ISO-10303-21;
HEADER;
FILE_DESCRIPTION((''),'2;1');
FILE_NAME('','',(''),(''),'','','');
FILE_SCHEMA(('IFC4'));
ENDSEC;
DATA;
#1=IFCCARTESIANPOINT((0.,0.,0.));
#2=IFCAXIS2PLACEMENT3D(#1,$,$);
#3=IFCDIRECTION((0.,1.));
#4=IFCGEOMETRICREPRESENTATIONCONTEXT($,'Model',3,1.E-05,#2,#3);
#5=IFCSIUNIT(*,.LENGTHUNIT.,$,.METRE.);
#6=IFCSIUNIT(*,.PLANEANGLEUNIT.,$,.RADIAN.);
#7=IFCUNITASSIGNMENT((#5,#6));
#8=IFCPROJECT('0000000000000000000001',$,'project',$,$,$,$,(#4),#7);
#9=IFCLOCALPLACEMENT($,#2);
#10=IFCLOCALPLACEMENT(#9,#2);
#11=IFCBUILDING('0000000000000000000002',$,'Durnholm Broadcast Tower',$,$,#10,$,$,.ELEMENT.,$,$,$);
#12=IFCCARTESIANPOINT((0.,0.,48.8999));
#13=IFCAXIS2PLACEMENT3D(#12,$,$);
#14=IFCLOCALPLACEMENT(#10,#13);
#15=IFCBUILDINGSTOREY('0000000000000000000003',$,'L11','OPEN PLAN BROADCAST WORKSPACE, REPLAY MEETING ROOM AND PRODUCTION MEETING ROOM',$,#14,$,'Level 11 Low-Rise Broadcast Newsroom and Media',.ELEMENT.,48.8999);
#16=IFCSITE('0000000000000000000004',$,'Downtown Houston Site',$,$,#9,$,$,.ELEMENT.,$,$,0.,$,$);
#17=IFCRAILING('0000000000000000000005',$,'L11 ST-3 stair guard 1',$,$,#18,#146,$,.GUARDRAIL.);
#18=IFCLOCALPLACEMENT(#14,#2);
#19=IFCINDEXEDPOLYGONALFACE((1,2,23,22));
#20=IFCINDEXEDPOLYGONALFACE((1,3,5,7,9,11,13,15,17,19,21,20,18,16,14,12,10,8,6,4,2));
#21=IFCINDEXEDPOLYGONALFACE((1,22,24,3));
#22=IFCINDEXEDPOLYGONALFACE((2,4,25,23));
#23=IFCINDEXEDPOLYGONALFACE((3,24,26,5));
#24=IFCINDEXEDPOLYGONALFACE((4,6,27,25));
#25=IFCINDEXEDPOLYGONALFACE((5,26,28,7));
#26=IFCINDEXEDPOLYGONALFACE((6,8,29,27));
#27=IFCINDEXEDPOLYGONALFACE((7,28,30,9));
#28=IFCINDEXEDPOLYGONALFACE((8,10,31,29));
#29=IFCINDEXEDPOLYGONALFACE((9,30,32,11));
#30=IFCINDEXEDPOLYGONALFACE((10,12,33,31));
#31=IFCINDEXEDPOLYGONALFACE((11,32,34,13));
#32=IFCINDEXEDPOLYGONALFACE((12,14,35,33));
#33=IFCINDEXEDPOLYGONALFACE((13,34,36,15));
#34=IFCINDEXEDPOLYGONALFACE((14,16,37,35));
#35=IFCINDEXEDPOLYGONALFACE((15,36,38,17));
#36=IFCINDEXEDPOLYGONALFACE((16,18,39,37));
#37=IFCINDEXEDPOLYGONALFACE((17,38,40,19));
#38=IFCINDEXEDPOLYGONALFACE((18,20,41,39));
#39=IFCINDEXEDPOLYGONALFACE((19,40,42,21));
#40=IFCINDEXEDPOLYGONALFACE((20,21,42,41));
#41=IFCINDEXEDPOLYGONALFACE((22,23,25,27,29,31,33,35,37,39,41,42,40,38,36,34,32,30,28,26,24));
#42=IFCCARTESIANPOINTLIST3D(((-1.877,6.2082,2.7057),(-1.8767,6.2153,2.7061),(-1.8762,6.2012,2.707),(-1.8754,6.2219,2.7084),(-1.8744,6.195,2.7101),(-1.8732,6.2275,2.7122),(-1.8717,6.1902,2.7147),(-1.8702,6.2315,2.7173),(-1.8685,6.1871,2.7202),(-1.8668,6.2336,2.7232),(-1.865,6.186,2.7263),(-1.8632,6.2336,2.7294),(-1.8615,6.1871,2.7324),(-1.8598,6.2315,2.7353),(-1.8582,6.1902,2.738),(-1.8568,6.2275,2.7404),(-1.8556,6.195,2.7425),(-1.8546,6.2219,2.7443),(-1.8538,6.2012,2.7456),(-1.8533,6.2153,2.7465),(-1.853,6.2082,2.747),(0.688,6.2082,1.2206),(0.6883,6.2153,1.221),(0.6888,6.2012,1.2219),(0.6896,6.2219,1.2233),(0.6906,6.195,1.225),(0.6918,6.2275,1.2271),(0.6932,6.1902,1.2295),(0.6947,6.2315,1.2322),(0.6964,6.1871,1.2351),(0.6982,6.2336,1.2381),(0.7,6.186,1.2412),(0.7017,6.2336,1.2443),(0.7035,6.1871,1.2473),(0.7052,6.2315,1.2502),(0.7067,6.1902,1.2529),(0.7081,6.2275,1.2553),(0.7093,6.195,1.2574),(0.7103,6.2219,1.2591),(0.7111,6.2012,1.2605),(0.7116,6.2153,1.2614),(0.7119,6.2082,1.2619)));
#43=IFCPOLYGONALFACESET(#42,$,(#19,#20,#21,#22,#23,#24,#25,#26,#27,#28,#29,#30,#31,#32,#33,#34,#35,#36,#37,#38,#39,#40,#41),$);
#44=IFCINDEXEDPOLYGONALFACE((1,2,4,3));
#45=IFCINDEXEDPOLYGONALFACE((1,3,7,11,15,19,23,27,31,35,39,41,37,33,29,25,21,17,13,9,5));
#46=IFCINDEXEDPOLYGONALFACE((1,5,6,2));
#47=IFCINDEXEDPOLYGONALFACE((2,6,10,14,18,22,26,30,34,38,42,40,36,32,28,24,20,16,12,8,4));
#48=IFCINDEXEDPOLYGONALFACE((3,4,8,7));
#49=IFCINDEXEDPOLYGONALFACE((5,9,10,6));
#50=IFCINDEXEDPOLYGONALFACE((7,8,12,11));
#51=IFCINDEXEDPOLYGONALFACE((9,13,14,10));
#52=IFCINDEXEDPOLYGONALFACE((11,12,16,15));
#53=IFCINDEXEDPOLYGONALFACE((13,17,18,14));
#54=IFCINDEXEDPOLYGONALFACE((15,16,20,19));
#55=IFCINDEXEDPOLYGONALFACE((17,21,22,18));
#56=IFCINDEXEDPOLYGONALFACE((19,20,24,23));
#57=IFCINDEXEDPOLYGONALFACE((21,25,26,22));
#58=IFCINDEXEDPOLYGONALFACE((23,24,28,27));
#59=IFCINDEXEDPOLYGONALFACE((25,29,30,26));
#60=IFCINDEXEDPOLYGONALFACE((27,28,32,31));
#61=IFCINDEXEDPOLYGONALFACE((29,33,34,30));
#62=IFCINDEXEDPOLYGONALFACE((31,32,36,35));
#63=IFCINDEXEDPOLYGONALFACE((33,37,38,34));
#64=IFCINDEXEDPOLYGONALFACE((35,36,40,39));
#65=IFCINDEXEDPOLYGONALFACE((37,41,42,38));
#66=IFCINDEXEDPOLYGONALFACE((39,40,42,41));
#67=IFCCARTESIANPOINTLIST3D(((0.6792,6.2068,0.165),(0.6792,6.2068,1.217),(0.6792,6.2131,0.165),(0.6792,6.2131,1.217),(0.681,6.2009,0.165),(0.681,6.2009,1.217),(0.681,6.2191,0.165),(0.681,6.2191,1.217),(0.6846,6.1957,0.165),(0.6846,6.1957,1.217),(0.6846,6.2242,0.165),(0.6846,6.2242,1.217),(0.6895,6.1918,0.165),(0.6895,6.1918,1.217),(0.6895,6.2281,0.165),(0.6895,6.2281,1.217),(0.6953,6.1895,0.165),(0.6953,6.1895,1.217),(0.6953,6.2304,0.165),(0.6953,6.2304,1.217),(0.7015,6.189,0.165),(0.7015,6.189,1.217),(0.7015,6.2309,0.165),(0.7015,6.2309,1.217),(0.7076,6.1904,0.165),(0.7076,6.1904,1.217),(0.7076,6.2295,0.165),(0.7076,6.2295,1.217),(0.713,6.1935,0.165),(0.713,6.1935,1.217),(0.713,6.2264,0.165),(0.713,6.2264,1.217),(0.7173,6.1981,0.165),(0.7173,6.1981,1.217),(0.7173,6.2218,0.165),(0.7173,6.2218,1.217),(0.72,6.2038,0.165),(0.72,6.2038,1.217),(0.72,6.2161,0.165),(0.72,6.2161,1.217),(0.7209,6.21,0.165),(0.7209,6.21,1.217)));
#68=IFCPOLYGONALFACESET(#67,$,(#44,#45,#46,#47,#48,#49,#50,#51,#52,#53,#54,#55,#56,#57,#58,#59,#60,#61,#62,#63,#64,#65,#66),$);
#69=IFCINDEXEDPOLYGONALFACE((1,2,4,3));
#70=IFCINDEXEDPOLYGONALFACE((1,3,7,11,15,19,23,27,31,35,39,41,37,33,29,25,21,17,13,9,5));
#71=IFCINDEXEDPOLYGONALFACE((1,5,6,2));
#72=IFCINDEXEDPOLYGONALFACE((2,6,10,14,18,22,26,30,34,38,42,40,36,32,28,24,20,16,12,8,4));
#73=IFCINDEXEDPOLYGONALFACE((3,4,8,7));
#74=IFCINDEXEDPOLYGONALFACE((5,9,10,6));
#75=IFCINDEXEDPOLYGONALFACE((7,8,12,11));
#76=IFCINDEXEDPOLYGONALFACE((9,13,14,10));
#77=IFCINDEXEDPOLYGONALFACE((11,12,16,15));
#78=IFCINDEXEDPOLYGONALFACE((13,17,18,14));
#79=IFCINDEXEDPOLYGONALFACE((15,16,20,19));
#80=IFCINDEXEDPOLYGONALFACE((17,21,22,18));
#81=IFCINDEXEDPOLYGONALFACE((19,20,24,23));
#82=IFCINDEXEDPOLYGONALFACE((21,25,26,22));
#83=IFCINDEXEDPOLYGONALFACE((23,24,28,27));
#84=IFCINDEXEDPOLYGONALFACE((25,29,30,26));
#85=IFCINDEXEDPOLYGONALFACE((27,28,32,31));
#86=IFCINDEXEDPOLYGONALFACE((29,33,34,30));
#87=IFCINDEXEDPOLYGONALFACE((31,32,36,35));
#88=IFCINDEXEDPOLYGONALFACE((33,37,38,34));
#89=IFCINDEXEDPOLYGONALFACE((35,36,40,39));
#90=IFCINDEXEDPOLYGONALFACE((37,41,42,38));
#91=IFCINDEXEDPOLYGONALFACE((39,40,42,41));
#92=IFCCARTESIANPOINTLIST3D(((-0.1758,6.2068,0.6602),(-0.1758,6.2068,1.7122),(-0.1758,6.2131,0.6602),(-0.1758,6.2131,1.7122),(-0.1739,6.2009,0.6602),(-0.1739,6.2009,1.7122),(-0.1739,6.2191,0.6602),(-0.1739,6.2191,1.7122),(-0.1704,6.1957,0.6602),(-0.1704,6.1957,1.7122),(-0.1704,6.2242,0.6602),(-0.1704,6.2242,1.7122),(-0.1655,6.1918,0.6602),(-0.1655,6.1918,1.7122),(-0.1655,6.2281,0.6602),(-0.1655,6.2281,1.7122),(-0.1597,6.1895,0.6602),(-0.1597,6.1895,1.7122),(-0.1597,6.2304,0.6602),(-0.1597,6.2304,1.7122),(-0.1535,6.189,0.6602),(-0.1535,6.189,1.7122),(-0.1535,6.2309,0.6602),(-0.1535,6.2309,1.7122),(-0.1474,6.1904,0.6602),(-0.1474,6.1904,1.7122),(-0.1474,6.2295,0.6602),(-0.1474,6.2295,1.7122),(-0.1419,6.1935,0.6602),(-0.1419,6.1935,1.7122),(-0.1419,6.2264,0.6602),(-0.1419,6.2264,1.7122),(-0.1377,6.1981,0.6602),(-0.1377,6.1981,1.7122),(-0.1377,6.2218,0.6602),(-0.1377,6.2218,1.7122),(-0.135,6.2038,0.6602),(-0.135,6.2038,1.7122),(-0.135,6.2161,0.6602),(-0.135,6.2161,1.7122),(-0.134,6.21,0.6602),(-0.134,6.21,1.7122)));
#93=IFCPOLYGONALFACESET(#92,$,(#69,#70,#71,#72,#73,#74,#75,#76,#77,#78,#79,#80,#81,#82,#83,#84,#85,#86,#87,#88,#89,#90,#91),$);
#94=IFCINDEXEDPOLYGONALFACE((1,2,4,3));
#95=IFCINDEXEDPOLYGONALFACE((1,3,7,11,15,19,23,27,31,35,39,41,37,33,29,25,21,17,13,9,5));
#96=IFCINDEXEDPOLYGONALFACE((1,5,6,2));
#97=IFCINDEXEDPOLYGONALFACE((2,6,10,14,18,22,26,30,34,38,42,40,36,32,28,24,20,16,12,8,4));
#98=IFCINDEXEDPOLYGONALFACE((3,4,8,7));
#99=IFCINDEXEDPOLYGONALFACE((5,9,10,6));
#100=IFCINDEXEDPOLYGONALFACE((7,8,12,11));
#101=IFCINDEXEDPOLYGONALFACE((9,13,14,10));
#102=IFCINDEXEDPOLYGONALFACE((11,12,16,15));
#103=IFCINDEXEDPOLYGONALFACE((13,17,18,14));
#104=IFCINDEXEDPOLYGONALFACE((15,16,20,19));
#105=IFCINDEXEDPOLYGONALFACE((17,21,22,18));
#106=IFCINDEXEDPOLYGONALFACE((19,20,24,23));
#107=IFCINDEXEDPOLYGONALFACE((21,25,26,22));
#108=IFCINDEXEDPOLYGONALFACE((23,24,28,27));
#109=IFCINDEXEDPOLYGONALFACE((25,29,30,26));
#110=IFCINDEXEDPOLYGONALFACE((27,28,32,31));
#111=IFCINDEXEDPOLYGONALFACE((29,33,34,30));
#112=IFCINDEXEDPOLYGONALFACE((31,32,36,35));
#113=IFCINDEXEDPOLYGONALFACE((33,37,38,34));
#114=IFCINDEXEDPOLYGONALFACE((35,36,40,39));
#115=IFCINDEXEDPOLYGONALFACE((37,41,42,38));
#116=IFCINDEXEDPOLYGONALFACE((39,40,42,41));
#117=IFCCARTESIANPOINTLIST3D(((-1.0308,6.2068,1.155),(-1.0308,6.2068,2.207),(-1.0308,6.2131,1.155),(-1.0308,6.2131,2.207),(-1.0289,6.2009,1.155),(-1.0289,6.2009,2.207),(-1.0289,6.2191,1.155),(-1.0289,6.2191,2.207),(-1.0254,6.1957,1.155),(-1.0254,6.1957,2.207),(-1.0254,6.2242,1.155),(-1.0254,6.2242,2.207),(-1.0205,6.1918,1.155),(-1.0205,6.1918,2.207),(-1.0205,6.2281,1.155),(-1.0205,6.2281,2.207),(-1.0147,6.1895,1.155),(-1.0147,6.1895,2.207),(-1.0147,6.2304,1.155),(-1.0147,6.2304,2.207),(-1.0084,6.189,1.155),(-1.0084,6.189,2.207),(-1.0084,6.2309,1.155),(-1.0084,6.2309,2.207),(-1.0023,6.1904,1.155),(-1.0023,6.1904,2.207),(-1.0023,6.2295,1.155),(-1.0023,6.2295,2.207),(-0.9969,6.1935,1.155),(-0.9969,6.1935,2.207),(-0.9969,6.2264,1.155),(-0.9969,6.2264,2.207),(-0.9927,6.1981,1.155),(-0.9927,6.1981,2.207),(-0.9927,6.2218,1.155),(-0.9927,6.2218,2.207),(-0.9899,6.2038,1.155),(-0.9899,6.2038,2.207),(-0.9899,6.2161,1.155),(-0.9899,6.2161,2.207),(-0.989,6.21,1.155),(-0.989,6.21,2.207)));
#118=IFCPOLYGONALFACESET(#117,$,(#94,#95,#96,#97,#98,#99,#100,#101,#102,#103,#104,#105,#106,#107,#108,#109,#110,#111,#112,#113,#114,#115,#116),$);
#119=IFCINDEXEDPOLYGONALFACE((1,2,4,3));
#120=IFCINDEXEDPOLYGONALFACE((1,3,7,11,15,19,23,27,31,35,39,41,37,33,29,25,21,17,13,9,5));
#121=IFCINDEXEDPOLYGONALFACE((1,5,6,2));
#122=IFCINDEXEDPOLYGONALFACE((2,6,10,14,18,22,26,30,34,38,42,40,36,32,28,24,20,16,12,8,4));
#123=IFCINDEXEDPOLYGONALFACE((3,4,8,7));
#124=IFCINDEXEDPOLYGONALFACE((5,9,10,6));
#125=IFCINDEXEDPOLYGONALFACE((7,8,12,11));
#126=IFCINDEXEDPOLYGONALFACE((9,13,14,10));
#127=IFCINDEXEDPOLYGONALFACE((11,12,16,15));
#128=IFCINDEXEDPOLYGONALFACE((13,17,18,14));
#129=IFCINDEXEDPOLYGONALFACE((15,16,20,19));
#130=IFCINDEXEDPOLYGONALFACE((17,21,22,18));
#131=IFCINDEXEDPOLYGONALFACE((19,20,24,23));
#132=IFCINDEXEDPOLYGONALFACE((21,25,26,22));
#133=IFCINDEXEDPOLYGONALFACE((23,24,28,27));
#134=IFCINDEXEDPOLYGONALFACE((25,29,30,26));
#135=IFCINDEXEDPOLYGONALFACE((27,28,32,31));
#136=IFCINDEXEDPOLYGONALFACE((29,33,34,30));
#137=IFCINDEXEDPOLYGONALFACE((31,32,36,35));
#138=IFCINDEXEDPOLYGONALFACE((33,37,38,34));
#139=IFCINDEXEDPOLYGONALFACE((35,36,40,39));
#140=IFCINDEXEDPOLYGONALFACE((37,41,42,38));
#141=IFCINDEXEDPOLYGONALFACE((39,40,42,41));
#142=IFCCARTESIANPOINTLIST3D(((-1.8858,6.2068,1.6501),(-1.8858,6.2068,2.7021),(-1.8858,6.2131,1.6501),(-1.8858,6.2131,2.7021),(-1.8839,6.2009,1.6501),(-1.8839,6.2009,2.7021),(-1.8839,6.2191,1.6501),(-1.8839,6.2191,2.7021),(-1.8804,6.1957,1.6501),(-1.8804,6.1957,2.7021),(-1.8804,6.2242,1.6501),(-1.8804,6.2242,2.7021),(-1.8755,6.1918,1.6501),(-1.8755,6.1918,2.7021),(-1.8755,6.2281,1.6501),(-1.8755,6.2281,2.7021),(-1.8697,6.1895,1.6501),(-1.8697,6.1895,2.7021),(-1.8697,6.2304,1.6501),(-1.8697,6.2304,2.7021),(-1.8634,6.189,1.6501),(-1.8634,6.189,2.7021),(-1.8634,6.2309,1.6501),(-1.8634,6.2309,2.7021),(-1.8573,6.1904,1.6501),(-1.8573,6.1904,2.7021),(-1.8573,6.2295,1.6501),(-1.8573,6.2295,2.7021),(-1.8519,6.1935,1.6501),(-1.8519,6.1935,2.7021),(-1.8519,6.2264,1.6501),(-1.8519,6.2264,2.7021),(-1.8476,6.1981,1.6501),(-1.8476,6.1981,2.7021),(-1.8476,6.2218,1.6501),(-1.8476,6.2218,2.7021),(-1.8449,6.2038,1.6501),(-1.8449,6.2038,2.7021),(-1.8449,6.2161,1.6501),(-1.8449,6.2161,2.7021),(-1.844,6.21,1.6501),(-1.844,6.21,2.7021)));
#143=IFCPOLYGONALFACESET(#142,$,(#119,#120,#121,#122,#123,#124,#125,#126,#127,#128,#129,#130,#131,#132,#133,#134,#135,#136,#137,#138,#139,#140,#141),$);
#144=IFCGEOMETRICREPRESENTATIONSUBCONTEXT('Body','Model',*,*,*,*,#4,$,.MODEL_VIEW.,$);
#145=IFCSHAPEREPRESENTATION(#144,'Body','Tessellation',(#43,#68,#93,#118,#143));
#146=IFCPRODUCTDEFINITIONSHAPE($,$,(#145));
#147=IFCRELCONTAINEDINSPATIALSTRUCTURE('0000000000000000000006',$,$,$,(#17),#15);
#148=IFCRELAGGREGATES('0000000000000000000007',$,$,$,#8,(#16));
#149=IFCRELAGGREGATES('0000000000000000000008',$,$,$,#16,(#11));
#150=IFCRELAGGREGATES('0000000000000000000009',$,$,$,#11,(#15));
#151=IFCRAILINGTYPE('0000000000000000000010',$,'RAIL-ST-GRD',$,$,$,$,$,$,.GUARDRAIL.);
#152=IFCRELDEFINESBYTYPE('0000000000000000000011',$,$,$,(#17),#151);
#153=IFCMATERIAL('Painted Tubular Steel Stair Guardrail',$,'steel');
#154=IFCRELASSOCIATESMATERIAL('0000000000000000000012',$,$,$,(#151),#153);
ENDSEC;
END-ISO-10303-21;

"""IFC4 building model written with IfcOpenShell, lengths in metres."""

from ifc_helpers import new_model, si_unit, direction, frame, origin, origin_2d, place, context, subcontext, project, spatial, circle, extrude, material, type_object, element, save


model = new_model("IFC4")

# Units and contexts
model_context = context("Model", 3, precision=1e-05, world=origin(), true_north=direction((0.0, 1.0)))
body_context = subcontext(model_context, "Body", "Model", "MODEL_VIEW")
ifc_project = project(units=[si_unit("LENGTHUNIT", "METRE"), si_unit("PLANEANGLEUNIT", "RADIAN")], contexts=[model_context])

# Site, building, storey
site_placement = place(None, origin())
site = spatial("IfcSite", under=ifc_project, at=site_placement, Name="Downtown Houston Site", CompositionType="ELEMENT", RefElevation=0.0)
building_placement = place(site_placement, origin())
building = spatial("IfcBuilding", under=site, at=building_placement, Name="Durnholm Broadcast Tower", CompositionType="ELEMENT")
storey_placement = place(building_placement, frame((0.0, 0.0, 48.8999)))
storey = spatial("IfcBuildingStorey", under=building, at=storey_placement, Name="L11", Description="OPEN PLAN BROADCAST WORKSPACE, REPLAY MEETING ROOM AND PRODUCTION MEETING ROOM", LongName="Level 11 Low-Rise Broadcast Newsroom and Media", CompositionType="ELEMENT", Elevation=48.8999)

# Railing
ifc_material_1 = material(Name="Painted Tubular Steel Stair Guardrail", Category="steel")
railing_type_1 = type_object("IfcRailingType", Name="RAIL-ST-GRD", PredefinedType="GUARDRAIL", material=ifc_material_1)
railing_1_placement = place(storey_placement, frame((0.7, 6.21, 0.165)))
element("IfcRailing", 1, at=railing_1_placement, inside=storey, type_object=railing_type_1, Name="L11 ST-3 stair guard 1", PredefinedType="GUARDRAIL", context=body_context, shape_type="SweptSolid", body=[
    extrude(circle(Radius=0.0239, at=origin_2d()), frame((0.0, 0.0, 1.0762), z_axis=(-0.865406, 0.0, 0.501072), x_axis=(0.0, -1.0, 0.0)), (0.0, 0.0, 1.0), 2.9639),
    extrude(circle(Radius=0.021, at=origin_2d()), origin(), (0.0, 0.0, 1.0), 1.052),
    extrude(circle(Radius=0.021, at=origin_2d()), frame((-0.855, 0.0, 0.4951)), (0.0, 0.0, 1.0), 1.052),
    extrude(circle(Radius=0.021, at=origin_2d()), frame((-1.71, 0.0, 0.99)), (0.0, 0.0, 1.0), 1.052),
    extrude(circle(Radius=0.021, at=origin_2d()), frame((-2.5649, 0.0, 1.4851)), (0.0, 0.0, 1.0), 1.052),
])

save(model, "model.ifc")
